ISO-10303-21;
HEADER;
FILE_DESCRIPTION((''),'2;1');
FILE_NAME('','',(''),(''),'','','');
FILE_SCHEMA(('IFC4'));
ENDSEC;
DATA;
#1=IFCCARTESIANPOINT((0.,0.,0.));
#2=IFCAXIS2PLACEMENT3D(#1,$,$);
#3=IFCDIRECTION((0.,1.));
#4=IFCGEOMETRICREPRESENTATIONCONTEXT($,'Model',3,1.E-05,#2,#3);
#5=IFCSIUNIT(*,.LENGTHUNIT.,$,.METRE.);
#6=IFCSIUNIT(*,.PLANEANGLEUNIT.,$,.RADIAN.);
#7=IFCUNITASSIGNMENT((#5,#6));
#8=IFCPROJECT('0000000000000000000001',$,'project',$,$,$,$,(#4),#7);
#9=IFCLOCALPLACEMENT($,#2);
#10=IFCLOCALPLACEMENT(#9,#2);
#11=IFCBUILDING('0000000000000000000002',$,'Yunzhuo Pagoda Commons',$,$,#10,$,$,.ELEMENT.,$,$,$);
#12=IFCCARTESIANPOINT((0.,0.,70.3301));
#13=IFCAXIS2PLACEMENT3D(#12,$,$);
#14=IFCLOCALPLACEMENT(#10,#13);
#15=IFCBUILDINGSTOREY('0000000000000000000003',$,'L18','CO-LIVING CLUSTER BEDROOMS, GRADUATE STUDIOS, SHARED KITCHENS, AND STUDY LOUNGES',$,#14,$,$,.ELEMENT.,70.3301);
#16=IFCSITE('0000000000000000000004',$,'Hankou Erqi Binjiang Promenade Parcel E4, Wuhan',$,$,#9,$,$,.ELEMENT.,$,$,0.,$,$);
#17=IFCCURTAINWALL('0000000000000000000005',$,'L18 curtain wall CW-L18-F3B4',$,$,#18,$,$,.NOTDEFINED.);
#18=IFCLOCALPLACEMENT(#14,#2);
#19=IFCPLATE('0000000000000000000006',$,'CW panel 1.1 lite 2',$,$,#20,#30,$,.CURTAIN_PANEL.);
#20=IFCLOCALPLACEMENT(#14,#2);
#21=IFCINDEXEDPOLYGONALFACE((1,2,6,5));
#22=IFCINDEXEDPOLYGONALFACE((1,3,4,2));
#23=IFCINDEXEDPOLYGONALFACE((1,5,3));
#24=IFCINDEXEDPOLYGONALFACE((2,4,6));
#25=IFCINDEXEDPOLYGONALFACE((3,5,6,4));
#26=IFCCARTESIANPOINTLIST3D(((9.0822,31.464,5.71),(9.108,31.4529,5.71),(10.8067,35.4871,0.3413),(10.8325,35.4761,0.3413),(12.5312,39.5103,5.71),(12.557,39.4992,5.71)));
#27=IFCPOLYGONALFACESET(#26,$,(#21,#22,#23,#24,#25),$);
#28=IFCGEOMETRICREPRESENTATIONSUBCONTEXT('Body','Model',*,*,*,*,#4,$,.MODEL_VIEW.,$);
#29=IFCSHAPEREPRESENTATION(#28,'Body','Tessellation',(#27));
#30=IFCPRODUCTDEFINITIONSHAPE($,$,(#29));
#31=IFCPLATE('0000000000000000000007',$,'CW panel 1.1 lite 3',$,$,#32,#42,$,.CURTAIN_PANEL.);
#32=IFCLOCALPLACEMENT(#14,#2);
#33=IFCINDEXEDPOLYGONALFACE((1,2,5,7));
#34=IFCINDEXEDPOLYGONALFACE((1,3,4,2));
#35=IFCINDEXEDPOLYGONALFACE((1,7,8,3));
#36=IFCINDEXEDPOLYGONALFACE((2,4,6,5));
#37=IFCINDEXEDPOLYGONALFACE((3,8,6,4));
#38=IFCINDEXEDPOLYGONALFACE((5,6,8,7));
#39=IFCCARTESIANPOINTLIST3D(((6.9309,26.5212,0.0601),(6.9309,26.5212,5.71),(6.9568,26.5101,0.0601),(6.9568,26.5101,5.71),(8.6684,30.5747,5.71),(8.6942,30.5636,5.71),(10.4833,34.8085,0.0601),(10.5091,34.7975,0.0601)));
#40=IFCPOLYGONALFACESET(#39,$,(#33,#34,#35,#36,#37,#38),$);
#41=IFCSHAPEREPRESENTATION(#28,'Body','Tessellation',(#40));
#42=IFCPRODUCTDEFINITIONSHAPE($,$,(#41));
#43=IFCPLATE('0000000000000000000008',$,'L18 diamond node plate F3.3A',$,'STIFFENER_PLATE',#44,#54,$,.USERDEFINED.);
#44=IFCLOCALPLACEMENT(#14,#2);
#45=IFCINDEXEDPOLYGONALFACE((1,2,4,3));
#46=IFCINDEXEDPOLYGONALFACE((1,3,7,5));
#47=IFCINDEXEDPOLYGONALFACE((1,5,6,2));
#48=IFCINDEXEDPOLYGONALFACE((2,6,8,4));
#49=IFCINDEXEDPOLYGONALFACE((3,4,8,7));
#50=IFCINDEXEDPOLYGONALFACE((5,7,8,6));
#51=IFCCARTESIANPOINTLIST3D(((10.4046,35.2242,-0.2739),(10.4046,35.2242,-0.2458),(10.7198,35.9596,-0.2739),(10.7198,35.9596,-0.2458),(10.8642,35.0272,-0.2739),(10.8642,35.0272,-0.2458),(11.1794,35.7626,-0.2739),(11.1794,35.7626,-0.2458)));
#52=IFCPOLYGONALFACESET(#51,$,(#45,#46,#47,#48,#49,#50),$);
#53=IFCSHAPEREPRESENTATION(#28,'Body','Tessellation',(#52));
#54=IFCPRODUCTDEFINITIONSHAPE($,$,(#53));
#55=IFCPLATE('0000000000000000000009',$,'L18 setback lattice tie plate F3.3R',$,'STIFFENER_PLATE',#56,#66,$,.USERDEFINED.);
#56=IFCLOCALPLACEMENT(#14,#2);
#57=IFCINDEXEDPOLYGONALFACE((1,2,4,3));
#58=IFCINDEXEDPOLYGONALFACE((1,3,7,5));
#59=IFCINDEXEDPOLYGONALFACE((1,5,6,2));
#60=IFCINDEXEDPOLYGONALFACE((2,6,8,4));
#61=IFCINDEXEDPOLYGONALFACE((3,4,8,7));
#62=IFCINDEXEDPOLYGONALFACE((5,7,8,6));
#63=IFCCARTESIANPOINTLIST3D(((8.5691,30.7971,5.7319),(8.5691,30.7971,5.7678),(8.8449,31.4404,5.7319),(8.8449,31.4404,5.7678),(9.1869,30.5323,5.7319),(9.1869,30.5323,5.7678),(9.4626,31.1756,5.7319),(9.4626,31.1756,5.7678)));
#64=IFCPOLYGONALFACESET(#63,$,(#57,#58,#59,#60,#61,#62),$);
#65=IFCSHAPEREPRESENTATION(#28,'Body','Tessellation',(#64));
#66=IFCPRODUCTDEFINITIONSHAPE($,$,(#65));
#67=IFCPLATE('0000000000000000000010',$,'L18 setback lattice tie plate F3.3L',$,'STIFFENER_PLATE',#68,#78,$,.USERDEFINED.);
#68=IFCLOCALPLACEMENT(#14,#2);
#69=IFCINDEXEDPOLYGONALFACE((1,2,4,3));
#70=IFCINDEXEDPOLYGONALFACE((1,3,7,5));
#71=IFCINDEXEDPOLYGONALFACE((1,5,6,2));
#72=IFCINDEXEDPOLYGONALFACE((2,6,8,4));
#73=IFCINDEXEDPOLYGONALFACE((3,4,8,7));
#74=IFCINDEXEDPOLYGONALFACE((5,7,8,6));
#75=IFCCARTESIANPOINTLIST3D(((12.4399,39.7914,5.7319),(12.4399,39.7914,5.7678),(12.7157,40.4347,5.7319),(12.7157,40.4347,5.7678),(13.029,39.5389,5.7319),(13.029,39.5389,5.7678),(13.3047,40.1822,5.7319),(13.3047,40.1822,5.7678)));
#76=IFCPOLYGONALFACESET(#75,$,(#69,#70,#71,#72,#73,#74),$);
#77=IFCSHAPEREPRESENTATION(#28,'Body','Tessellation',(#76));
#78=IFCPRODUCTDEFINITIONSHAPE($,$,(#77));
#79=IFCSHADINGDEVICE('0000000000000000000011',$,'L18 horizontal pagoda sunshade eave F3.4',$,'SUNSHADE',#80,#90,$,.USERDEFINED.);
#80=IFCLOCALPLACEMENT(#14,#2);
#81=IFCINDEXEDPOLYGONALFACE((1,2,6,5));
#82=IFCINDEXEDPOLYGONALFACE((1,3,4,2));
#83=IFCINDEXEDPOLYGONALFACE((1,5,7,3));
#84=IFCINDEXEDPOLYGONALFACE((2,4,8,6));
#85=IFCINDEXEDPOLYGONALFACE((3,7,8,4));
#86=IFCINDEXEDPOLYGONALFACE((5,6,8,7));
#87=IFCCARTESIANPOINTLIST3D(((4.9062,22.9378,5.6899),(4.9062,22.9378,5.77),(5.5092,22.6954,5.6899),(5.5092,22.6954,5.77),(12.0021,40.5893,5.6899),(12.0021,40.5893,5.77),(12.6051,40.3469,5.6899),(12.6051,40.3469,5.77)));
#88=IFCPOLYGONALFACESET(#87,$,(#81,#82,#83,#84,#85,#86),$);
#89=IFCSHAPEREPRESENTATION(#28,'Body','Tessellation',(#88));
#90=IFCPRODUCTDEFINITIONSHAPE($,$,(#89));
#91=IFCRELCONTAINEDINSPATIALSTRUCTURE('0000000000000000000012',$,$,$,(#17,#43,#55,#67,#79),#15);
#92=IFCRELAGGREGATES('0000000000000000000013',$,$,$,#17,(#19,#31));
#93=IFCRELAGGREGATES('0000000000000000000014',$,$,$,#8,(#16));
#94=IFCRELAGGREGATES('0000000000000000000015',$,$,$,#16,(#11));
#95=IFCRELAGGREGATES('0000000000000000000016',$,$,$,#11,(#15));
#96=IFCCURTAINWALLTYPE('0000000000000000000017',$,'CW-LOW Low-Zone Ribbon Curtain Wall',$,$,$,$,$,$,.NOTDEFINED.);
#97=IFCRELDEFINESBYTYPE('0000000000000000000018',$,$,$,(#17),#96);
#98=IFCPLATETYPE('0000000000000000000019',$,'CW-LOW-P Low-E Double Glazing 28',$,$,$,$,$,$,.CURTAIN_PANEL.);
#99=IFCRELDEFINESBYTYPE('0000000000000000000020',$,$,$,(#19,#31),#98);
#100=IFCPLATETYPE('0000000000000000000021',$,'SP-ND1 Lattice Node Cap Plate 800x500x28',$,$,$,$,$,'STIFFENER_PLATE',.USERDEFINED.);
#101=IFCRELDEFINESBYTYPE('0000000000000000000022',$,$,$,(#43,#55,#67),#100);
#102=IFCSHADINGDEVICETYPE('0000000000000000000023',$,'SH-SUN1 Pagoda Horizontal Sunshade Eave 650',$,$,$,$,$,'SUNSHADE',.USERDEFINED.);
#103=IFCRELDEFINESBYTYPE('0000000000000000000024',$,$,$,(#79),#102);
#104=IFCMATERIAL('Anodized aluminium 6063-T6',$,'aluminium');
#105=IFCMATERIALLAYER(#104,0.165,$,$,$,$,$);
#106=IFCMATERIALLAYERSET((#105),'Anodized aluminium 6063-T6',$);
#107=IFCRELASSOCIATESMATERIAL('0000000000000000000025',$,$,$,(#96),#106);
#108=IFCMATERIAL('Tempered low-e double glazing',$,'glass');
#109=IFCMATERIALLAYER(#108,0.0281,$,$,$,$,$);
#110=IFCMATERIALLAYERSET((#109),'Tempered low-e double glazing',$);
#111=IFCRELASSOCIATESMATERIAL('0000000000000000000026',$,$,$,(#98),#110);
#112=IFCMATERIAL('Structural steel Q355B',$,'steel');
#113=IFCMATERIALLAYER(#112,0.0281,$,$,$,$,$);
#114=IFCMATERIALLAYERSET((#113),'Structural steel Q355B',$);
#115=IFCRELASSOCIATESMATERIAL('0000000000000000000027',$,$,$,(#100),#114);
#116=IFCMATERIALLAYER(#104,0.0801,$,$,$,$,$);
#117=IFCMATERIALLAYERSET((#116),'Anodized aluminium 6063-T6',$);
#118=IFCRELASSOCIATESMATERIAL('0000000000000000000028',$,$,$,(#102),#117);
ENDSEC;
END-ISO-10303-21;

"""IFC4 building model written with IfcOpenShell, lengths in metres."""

from ifc_helpers import new_model, si_unit, direction, frame, origin, origin_2d, place, context, subcontext, project, spatial, polyline, rectangle, outline, extrude, source, transform, mapped, material, layer, layer_set, type_object, element, aggregate, save


model = new_model("IFC4")

# Units and contexts
model_context = context("Model", 3, precision=1e-05, world=origin(), true_north=direction((0.0, 1.0)))
body_context = subcontext(model_context, "Body", "Model", "MODEL_VIEW")
ifc_project = project(units=[si_unit("LENGTHUNIT", "METRE"), si_unit("PLANEANGLEUNIT", "RADIAN")], contexts=[model_context])

# Site, building, storey
site_placement = place(None, origin())
site = spatial("IfcSite", under=ifc_project, at=site_placement, Name="Hankou Erqi Binjiang Promenade Parcel E4, Wuhan", CompositionType="ELEMENT", RefElevation=0.0)
building_placement = place(site_placement, origin())
building = spatial("IfcBuilding", under=site, at=building_placement, Name="Yunzhuo Pagoda Commons", CompositionType="ELEMENT")
storey_placement = place(building_placement, frame((0.0, 0.0, 70.3301)))
storey = spatial("IfcBuildingStorey", under=building, at=storey_placement, Name="L18", Description="CO-LIVING CLUSTER BEDROOMS, GRADUATE STUDIOS, SHARED KITCHENS, AND STUDY LOUNGES", CompositionType="ELEMENT", Elevation=70.3301)

# Shared definitions
ifc_material_1 = material(Name="Structural steel Q355B", Category="steel")

# Curtain wall, plates
ifc_material_2 = material(Name="Anodized aluminium 6063-T6", Category="aluminium")
ifc_layer_1 = layer(ifc_material_2, 0.165)
ifc_layer_set_1 = layer_set([ifc_layer_1], Name="Anodized aluminium 6063-T6")
curtain_wall_type = type_object("IfcCurtainWallType", Name="CW-LOW Low-Zone Ribbon Curtain Wall", PredefinedType="NOTDEFINED", material=ifc_layer_set_1)
curtain_wall_placement = place(storey_placement, origin())
curtain_wall = element("IfcCurtainWall", 1, at=curtain_wall_placement, inside=storey, type_object=curtain_wall_type, Name="L18 curtain wall CW-L18-F3B4", PredefinedType="NOTDEFINED")
ifc_material_3 = material(Name="Tempered low-e double glazing", Category="glass")
ifc_layer_2 = layer(ifc_material_3, 0.0281)
ifc_layer_set_2 = layer_set([ifc_layer_2], Name="Tempered low-e double glazing")
plate_type_1 = type_object("IfcPlateType", Name="CW-LOW-P Low-E Double Glazing 28", PredefinedType="CURTAIN_PANEL", material=ifc_layer_set_2)
plate_1_placement = place(storey_placement, frame((10.8325, 35.4761, 3.0256), z_axis=(-0.919121, 0.393975, 0.0), x_axis=(-0.393975, -0.919121, 0.0)))
plate_1 = element("IfcPlate", 2, at=plate_1_placement, type_object=plate_type_1, Name="CW panel 1.1 lite 2", PredefinedType="CURTAIN_PANEL", context=body_context, shape_type="SweptSolid", body=[
    extrude(outline(polyline([(-4.3772, 2.6843), (0.0, -2.6843), (4.3772, 2.6843), (-4.3772, 2.6843)])), origin(), (0.0, 0.0, 1.0), 0.0281),
])
plate_2_placement = place(storey_placement, frame((8.7329, 30.6538, 2.885), z_axis=(-0.919121, 0.393975, 0.0), x_axis=(-0.393975, -0.919121, 0.0)))
plate_2 = element("IfcPlate", 3, at=plate_2_placement, type_object=plate_type_1, Name="CW panel 1.1 lite 3", PredefinedType="CURTAIN_PANEL", context=body_context, shape_type="SweptSolid", body=[
    extrude(outline(polyline([(-4.5083, -2.825), (4.5083, -2.825), (4.5083, 2.825), (0.0981, 2.825), (-4.5083, -2.825)])), origin(), (0.0, 0.0, 1.0), 0.0281),
])
aggregate(curtain_wall, [plate_1, plate_2])

# Plates
ifc_layer_3 = layer(ifc_material_1, 0.0281)
ifc_layer_set_3 = layer_set([ifc_layer_3], Name="Structural steel Q355B")
plate_type_2 = type_object("IfcPlateType", Name="SP-ND1 Lattice Node Cap Plate 800x500x28", ElementType="STIFFENER_PLATE", PredefinedType="USERDEFINED", material=ifc_layer_set_3)
shared_shape_1 = source(origin(), body_context, "Body", "SweptSolid", [
    extrude(rectangle(XDim=0.8, YDim=0.5, at=origin_2d()), origin(), (0.0, 0.0, 1.0), 0.0281),
])
plate_3_placement = place(storey_placement, frame((10.792, 35.4934, -0.2739), z_axis=(0.0, 0.0, 1.0), x_axis=(-0.393974, -0.919122, 0.0)))
element("IfcPlate", 4, at=plate_3_placement, inside=storey, type_object=plate_type_2, Name="L18 diamond node plate F3.3A", ObjectType="STIFFENER_PLATE", PredefinedType="USERDEFINED", context=body_context, shape_type="MappedRepresentation", body=[
    mapped(shared_shape_1, transform((0.0, 0.0, 0.0), scale=1.0)),
])
shared_shape_2 = source(origin(), body_context, "Body", "SweptSolid", [
    extrude(rectangle(XDim=0.7, YDim=0.6721, at=origin_2d()), origin(), (0.0, 0.0, 1.0), 0.0359),
])
plate_4_placement = place(storey_placement, frame((9.0159, 30.9863, 5.7319), z_axis=(0.0, 0.0, 1.0), x_axis=(-0.393974, -0.919122, 0.0)))
element("IfcPlate", 5, at=plate_4_placement, inside=storey, type_object=plate_type_2, Name="L18 setback lattice tie plate F3.3R", ObjectType="STIFFENER_PLATE", PredefinedType="USERDEFINED", context=body_context, shape_type="MappedRepresentation", body=[
    mapped(shared_shape_2, transform((0.0, 0.0, 0.0), scale=1.0)),
])
shared_shape_3 = source(origin(), body_context, "Body", "SweptSolid", [
    extrude(rectangle(XDim=0.7, YDim=0.6409, at=origin_2d()), origin(), (0.0, 0.0, 1.0), 0.0359),
])
plate_5_placement = place(storey_placement, frame((12.8723, 39.9868, 5.7319), z_axis=(0.0, 0.0, 1.0), x_axis=(-0.393974, -0.919122, 0.0)))
element("IfcPlate", 6, at=plate_5_placement, inside=storey, type_object=plate_type_2, Name="L18 setback lattice tie plate F3.3L", ObjectType="STIFFENER_PLATE", PredefinedType="USERDEFINED", context=body_context, shape_type="MappedRepresentation", body=[
    mapped(shared_shape_3, transform((0.0, 0.0, 0.0), scale=1.0)),
])

# Shading device
ifc_layer_4 = layer(ifc_material_2, 0.0801)
ifc_layer_set_4 = layer_set([ifc_layer_4], Name="Anodized aluminium 6063-T6")
shading_device_type = type_object("IfcShadingDeviceType", Name="SH-SUN1 Pagoda Horizontal Sunshade Eave 650", ElementType="SUNSHADE", PredefinedType="USERDEFINED", material=ifc_layer_set_4)
shared_shape_4 = source(origin(), body_context, "Body", "SweptSolid", [
    extrude(rectangle(XDim=19.0244, YDim=0.6499, at=origin_2d()), origin(), (0.0, 0.0, 1.0), 0.0801),
])
shading_device_placement = place(storey_placement, frame((8.7556, 31.6423, 5.6899), z_axis=(0.0, 0.0, 1.0), x_axis=(-0.372988, -0.927836, 0.0)))
element("IfcShadingDevice", 7, at=shading_device_placement, inside=storey, type_object=shading_device_type, Name="L18 horizontal pagoda sunshade eave F3.4", ObjectType="SUNSHADE", PredefinedType="USERDEFINED", context=body_context, shape_type="MappedRepresentation", body=[
    mapped(shared_shape_4, transform((0.0, 0.0, 0.0), scale=1.0)),
])

save(model, "model.ifc")
